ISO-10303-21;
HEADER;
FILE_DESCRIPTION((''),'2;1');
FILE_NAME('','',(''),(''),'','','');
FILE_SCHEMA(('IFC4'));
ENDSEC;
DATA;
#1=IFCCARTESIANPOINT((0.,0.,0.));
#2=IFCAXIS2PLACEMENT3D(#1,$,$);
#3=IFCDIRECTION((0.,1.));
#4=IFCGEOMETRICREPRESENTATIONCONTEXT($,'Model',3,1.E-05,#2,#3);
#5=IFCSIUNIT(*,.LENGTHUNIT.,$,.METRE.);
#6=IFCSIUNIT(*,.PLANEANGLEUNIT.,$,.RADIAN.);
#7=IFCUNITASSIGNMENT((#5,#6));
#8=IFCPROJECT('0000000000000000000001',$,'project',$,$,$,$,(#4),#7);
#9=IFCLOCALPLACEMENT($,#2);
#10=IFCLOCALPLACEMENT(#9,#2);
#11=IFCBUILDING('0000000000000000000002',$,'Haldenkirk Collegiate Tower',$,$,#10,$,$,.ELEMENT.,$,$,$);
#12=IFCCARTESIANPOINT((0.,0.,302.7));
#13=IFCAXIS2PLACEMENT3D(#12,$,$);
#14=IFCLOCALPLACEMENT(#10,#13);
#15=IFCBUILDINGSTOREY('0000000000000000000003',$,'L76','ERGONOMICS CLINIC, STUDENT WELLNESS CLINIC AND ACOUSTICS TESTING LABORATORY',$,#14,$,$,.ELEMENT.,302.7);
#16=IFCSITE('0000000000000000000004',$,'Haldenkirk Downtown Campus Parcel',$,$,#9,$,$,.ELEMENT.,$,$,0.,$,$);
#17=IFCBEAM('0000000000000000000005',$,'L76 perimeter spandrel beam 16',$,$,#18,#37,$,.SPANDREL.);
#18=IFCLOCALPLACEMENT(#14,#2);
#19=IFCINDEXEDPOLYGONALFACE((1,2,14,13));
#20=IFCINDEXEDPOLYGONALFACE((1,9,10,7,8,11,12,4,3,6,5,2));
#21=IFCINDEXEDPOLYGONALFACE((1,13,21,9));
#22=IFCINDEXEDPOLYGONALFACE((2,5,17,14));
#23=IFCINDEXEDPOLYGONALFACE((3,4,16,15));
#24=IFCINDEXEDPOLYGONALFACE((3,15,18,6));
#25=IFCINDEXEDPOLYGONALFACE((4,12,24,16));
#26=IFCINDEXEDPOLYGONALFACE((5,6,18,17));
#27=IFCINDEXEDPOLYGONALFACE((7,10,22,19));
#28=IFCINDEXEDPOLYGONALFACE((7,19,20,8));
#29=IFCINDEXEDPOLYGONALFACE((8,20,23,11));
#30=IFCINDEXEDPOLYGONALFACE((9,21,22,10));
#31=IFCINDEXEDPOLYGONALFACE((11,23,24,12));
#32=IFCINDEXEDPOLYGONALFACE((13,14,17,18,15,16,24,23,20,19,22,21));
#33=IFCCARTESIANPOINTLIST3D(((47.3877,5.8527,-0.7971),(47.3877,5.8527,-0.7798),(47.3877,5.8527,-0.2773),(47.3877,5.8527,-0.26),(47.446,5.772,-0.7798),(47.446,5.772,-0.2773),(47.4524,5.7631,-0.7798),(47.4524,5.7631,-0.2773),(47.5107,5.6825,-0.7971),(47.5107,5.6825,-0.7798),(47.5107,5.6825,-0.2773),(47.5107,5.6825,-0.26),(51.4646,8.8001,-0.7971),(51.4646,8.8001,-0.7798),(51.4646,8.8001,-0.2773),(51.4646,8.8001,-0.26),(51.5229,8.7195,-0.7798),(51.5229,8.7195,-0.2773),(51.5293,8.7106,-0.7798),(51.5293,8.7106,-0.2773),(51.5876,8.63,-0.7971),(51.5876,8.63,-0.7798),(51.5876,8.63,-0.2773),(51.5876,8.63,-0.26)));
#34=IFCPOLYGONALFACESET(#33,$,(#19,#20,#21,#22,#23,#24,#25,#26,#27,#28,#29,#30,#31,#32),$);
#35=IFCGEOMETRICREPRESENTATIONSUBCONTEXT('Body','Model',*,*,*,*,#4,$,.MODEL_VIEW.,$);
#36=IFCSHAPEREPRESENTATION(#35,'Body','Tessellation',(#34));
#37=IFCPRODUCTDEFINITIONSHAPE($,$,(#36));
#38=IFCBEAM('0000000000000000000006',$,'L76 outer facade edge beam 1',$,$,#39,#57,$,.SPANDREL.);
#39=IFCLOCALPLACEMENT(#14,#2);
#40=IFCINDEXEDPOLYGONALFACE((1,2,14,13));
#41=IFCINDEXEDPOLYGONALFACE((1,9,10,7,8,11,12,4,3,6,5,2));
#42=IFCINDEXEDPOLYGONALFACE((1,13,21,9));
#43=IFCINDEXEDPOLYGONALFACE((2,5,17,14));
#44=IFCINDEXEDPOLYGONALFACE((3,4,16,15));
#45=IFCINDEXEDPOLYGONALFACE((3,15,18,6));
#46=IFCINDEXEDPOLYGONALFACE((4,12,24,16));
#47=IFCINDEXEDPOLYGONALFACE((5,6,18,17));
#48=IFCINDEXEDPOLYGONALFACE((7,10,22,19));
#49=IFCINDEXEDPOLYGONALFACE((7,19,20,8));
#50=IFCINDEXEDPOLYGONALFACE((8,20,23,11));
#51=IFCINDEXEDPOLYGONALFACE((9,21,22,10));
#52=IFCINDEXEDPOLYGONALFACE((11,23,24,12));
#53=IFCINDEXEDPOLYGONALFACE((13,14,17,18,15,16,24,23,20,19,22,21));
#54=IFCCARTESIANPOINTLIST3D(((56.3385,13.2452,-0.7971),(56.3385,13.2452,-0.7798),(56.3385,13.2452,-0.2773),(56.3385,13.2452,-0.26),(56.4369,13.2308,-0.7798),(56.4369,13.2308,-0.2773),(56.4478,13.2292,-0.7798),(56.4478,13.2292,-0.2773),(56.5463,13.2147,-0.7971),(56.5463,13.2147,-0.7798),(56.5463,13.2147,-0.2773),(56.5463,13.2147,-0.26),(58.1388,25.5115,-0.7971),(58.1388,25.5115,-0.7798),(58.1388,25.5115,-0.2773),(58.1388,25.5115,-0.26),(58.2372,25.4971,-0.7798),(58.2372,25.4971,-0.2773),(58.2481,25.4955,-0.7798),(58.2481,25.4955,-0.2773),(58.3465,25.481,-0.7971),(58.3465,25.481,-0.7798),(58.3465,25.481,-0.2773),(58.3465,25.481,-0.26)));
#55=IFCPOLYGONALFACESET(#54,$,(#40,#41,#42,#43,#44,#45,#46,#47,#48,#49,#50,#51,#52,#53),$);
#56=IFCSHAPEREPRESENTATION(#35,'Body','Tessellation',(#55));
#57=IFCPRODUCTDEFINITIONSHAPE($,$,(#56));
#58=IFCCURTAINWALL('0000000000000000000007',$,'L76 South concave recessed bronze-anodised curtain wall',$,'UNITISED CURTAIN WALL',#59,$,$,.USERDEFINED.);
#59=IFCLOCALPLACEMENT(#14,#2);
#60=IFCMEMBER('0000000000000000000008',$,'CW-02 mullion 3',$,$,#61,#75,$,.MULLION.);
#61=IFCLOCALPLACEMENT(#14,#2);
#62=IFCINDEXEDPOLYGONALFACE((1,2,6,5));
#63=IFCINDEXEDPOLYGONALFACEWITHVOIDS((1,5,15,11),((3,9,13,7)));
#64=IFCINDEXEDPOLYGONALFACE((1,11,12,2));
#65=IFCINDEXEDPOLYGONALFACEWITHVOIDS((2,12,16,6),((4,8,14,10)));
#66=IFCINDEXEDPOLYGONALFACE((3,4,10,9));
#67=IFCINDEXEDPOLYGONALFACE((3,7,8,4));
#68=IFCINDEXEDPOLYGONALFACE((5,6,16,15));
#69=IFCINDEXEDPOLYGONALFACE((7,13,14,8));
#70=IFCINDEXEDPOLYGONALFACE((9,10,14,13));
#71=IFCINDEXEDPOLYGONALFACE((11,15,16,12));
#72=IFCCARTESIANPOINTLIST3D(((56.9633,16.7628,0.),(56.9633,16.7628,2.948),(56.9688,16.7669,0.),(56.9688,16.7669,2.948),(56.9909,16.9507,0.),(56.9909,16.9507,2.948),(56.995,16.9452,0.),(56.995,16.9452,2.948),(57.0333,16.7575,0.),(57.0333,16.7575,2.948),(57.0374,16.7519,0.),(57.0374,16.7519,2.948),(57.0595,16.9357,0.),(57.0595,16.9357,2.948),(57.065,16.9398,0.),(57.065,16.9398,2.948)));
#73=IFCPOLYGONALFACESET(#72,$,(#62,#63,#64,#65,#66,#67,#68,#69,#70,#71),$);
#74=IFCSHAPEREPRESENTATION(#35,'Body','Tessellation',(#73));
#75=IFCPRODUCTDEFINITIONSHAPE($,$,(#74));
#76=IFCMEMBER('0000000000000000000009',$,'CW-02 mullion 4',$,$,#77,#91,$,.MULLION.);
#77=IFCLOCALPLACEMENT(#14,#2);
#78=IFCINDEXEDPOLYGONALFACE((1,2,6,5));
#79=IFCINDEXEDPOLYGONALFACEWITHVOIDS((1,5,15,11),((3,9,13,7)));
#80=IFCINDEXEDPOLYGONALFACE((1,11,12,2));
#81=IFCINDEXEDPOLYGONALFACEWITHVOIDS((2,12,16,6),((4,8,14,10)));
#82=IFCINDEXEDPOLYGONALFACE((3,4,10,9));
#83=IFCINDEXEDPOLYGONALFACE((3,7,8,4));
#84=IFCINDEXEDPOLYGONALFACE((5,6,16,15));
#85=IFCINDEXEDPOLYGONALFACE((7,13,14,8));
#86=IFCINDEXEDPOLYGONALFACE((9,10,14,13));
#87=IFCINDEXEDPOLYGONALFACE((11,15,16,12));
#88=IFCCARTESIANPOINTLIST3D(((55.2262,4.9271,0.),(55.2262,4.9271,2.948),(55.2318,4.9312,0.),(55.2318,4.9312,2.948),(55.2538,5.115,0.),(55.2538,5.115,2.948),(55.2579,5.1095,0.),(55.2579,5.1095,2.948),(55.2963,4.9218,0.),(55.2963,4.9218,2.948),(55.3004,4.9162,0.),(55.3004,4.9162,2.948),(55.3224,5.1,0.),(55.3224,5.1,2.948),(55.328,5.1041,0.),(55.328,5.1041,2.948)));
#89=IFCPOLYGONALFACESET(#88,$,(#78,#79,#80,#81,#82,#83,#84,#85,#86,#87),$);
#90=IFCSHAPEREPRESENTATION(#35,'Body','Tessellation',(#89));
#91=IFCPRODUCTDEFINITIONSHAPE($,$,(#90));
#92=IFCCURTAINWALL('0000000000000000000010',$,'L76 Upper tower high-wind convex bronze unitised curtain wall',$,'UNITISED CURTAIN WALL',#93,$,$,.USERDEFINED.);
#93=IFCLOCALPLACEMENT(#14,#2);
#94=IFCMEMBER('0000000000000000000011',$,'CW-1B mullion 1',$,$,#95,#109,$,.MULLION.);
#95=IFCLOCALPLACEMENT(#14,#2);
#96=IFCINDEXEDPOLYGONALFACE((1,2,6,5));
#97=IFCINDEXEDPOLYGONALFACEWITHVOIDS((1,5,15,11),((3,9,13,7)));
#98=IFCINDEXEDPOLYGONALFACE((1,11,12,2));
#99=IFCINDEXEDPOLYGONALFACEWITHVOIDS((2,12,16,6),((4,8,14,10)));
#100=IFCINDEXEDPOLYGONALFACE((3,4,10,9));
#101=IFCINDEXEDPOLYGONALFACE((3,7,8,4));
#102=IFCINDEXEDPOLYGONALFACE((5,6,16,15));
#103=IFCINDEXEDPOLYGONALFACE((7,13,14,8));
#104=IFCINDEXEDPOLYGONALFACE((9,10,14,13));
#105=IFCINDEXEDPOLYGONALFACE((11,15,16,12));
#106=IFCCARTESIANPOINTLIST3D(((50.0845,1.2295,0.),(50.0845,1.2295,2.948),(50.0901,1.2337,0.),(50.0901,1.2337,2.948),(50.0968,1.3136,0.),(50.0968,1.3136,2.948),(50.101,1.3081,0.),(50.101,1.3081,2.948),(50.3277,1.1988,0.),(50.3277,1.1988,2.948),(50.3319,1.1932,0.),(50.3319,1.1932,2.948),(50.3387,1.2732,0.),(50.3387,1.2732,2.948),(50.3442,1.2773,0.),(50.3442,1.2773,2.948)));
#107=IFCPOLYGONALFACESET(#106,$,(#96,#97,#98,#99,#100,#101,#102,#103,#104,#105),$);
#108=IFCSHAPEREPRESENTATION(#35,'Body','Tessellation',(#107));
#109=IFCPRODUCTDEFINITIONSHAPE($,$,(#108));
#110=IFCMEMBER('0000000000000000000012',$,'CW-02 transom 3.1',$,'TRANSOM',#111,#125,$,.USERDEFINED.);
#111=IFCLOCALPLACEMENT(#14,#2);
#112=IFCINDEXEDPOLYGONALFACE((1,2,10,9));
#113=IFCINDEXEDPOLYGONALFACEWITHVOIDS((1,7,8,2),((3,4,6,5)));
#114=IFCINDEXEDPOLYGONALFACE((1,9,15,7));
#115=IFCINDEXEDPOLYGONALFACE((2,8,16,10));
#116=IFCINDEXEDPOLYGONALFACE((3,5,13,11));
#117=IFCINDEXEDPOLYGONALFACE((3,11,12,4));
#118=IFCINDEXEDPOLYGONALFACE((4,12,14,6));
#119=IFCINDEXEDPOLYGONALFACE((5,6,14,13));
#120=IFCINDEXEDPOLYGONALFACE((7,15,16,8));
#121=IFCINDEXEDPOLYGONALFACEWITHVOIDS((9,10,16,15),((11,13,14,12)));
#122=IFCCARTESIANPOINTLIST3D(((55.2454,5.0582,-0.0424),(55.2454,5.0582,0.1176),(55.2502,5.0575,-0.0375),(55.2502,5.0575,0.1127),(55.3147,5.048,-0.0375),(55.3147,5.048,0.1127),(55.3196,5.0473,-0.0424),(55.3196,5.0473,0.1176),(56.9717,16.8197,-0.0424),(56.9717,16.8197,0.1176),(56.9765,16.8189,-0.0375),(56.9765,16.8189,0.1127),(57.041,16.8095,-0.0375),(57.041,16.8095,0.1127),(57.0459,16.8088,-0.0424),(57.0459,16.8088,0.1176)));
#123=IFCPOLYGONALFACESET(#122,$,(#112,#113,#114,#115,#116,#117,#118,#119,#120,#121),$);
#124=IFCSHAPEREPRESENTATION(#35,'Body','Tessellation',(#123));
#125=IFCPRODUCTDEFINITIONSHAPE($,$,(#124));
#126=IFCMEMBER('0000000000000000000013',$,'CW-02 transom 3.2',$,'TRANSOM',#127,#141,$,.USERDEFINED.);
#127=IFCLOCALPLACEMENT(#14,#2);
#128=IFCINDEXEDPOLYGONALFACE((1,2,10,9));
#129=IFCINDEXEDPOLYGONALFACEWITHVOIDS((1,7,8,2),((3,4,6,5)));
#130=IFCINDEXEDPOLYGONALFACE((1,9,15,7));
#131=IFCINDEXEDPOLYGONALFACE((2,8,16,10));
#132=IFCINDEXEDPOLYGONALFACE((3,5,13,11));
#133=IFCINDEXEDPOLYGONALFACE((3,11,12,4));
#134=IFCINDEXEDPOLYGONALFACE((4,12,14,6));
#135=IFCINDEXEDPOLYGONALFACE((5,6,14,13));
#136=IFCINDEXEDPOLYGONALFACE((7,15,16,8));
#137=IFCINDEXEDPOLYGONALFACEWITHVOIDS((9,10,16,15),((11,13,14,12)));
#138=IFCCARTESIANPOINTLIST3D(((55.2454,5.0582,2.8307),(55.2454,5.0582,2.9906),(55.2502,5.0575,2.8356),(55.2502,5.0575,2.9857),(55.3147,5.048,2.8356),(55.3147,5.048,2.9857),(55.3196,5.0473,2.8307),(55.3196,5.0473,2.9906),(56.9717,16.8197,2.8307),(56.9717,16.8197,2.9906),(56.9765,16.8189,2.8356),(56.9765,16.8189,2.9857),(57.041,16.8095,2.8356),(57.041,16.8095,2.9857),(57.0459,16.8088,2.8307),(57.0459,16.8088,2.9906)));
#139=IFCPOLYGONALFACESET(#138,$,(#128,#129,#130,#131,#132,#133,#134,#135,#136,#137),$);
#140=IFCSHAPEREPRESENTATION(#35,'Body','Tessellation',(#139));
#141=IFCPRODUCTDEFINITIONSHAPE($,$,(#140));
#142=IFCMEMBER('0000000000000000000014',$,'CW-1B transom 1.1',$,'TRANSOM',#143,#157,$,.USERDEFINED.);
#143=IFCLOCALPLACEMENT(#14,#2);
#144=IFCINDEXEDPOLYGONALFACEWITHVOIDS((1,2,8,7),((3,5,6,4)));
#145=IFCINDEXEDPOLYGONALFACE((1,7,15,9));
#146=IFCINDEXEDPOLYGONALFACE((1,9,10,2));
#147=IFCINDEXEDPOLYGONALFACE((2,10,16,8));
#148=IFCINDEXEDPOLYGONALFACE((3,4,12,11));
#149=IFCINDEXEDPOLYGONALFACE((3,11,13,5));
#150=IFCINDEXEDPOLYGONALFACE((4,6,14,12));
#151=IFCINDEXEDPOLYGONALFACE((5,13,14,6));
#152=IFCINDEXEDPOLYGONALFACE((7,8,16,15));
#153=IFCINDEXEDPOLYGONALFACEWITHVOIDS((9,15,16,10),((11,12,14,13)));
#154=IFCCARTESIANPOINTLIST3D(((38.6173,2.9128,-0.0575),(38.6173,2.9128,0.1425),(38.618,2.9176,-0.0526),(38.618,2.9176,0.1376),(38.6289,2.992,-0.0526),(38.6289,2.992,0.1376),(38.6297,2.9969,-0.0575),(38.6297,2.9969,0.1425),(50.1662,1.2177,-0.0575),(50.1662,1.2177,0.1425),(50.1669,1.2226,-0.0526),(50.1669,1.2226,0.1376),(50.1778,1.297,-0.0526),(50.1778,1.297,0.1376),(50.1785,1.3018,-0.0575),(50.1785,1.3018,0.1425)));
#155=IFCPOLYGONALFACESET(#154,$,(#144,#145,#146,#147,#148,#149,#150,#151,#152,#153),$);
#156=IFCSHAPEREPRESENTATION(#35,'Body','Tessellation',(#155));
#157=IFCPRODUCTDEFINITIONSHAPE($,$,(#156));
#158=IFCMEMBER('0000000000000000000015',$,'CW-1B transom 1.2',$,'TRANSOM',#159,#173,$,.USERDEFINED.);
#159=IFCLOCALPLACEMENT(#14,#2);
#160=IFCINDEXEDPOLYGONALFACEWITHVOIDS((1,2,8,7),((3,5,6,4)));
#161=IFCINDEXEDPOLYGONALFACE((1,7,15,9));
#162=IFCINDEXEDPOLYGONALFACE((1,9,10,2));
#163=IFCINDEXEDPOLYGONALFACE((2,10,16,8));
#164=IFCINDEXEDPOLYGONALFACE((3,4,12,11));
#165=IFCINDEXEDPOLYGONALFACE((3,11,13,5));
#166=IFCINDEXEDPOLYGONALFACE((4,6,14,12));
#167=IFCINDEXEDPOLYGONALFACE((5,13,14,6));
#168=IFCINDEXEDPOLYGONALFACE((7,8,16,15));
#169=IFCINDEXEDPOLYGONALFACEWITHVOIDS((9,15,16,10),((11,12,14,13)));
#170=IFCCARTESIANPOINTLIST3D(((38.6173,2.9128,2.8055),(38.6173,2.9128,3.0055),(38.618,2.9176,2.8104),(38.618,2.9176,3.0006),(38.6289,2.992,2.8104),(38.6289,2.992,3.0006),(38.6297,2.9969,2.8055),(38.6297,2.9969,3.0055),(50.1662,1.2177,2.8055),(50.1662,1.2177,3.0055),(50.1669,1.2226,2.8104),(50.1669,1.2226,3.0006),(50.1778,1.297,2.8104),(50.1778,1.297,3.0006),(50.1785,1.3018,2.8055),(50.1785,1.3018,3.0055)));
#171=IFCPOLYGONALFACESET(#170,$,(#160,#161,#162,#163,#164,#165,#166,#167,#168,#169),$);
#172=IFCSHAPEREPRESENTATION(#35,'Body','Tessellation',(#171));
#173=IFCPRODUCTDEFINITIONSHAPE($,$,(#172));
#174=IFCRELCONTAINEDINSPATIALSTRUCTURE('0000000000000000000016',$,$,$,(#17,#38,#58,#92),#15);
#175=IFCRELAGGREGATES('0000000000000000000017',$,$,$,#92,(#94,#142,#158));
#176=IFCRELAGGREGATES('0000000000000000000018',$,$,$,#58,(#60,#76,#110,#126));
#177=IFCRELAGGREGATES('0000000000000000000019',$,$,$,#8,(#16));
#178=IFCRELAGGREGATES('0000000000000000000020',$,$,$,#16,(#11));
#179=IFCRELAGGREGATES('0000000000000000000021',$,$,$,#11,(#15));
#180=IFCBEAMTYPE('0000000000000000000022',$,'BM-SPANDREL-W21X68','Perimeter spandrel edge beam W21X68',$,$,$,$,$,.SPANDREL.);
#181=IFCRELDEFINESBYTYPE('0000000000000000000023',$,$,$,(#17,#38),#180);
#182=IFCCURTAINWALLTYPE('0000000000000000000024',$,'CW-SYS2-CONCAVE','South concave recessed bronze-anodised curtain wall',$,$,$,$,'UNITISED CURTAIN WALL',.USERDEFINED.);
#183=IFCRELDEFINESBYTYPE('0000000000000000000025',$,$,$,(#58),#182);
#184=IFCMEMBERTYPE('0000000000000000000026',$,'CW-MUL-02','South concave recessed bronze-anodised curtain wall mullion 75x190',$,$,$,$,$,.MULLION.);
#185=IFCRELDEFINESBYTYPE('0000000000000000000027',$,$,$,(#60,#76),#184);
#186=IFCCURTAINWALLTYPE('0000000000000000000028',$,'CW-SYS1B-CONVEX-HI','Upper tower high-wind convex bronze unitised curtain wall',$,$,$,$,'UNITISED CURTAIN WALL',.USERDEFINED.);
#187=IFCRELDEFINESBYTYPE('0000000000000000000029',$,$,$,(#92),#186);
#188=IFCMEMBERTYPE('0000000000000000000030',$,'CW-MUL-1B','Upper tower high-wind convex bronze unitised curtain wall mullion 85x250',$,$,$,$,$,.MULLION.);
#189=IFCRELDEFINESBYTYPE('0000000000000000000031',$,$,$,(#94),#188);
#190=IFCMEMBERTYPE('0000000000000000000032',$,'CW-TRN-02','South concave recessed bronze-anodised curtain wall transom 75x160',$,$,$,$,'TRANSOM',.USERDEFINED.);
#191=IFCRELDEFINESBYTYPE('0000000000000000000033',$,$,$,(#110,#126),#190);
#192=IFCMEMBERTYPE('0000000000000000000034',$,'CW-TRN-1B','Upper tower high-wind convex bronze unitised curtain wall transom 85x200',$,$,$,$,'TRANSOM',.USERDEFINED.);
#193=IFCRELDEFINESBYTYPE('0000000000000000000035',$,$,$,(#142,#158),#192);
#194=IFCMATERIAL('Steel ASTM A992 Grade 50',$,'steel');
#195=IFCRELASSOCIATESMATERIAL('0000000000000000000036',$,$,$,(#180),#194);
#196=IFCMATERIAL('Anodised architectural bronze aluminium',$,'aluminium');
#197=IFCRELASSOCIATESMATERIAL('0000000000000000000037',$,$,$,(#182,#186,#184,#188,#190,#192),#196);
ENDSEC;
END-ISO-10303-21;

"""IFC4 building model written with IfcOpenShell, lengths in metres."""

from ifc_helpers import new_model, si_unit, direction, frame, origin, origin_2d, place, context, subcontext, project, spatial, hollow_rectangle, i_section, extrude, material, material_profile, profile_set, type_object, element, aggregate, save


model = new_model("IFC4")

# Units and contexts
model_context = context("Model", 3, precision=1e-05, world=origin(), true_north=direction((0.0, 1.0)))
body_context = subcontext(model_context, "Body", "Model", "MODEL_VIEW")
ifc_project = project(units=[si_unit("LENGTHUNIT", "METRE"), si_unit("PLANEANGLEUNIT", "RADIAN")], contexts=[model_context])

# Site, building, storey
site_placement = place(None, origin())
site = spatial("IfcSite", under=ifc_project, at=site_placement, Name="Haldenkirk Downtown Campus Parcel", CompositionType="ELEMENT", RefElevation=0.0)
building_placement = place(site_placement, origin())
building = spatial("IfcBuilding", under=site, at=building_placement, Name="Haldenkirk Collegiate Tower", CompositionType="ELEMENT")
storey_placement = place(building_placement, frame((0.0, 0.0, 302.7)))
storey = spatial("IfcBuildingStorey", under=building, at=storey_placement, Name="L76", Description="ERGONOMICS CLINIC, STUDENT WELLNESS CLINIC AND ACOUSTICS TESTING LABORATORY", CompositionType="ELEMENT", Elevation=302.7)

# Beams
ifc_material_1 = material(Name="Steel ASTM A992 Grade 50", Category="steel")
ifc_material_profile_1 = material_profile(ifc_material_1, i_section(OverallWidth=0.21, OverallDepth=0.5371, WebThickness=0.011, FlangeThickness=0.0173, at=origin_2d()), Name="W21X68")
ifc_profile_set_1 = profile_set([ifc_material_profile_1], Name="Steel ASTM A992 Grade 50")
beam_type_1 = type_object("IfcBeamType", Name="BM-SPANDREL-W21X68", Description="Perimeter spandrel edge beam W21X68", PredefinedType="SPANDREL", material=ifc_profile_set_1)
beam_1_placement = place(storey_placement, frame((47.4492, 5.7676, -0.5286), z_axis=(0.810389, 0.585893, 0.0), x_axis=(-0.585893, 0.810389, 0.0)))
element("IfcBeam", 1, at=beam_1_placement, inside=storey, type_object=beam_type_1, Name="L76 perimeter spandrel beam 16", PredefinedType="SPANDREL", context=body_context, shape_type="SweptSolid", body=[
    extrude(i_section(OverallWidth=0.21, OverallDepth=0.5371, WebThickness=0.011, FlangeThickness=0.0173, at=origin_2d()), origin(), (0.0, 0.0, 1.0), 5.0308),
])
beam_2_placement = place(storey_placement, frame((56.4424, 13.23, -0.5286), z_axis=(0.145211, 0.989401, 0.0), x_axis=(-0.989401, 0.145211, 0.0)))
element("IfcBeam", 2, at=beam_2_placement, inside=storey, type_object=beam_type_1, Name="L76 outer facade edge beam 1", PredefinedType="SPANDREL", context=body_context, shape_type="SweptSolid", body=[
    extrude(i_section(OverallWidth=0.21, OverallDepth=0.5371, WebThickness=0.011, FlangeThickness=0.0173, at=origin_2d()), origin(), (0.0, 0.0, 1.0), 12.3977),
])

# Curtain wall, members
ifc_material_2 = material(Name="Anodised architectural bronze aluminium", Category="aluminium")
curtain_wall_type_1 = type_object("IfcCurtainWallType", Name="CW-SYS2-CONCAVE", Description="South concave recessed bronze-anodised curtain wall", ElementType="UNITISED CURTAIN WALL", PredefinedType="USERDEFINED", material=ifc_material_2)
curtain_wall_1_placement = place(storey_placement, origin())
curtain_wall_1 = element("IfcCurtainWall", 3, at=curtain_wall_1_placement, inside=storey, type_object=curtain_wall_type_1, Name="L76 South concave recessed bronze-anodised curtain wall", ObjectType="UNITISED CURTAIN WALL", PredefinedType="USERDEFINED")
ifc_material_profile_2 = material_profile(ifc_material_2, hollow_rectangle(XDim=0.075, YDim=0.1899, WallThickness=0.0049, at=origin_2d()), Name="CW-MUL-02")
ifc_profile_set_2 = profile_set([ifc_material_profile_2], Name="Anodised architectural bronze aluminium")
member_type_1 = type_object("IfcMemberType", Name="CW-MUL-02", Description="South concave recessed bronze-anodised curtain wall mullion 75x190", PredefinedType="MULLION", material=ifc_profile_set_2)
member_1_placement = place(storey_placement, frame((57.0142, 16.8513, 0.0), z_axis=(0.0, 0.0, 1.0), x_axis=(0.989399, -0.14522, 0.0)))
member_1 = element("IfcMember", 4, at=member_1_placement, type_object=member_type_1, Name="CW-02 mullion 3", PredefinedType="MULLION", context=body_context, shape_type="SweptSolid", body=[
    extrude(hollow_rectangle(XDim=0.075, YDim=0.1899, WallThickness=0.0049, at=origin_2d()), origin(), (0.0, 0.0, 1.0), 2.948),
])
member_2_placement = place(storey_placement, frame((55.2771, 5.0156, 0.0), z_axis=(0.0, 0.0, 1.0), x_axis=(0.989399, -0.14522, 0.0)))
member_2 = element("IfcMember", 5, at=member_2_placement, type_object=member_type_1, Name="CW-02 mullion 4", PredefinedType="MULLION", context=body_context, shape_type="SweptSolid", body=[
    extrude(hollow_rectangle(XDim=0.075, YDim=0.1899, WallThickness=0.0049, at=origin_2d()), origin(), (0.0, 0.0, 1.0), 2.948),
])

# Curtain wall, member
curtain_wall_type_2 = type_object("IfcCurtainWallType", Name="CW-SYS1B-CONVEX-HI", Description="Upper tower high-wind convex bronze unitised curtain wall", ElementType="UNITISED CURTAIN WALL", PredefinedType="USERDEFINED", material=ifc_material_2)
curtain_wall_2_placement = place(storey_placement, origin())
curtain_wall_2 = element("IfcCurtainWall", 6, at=curtain_wall_2_placement, inside=storey, type_object=curtain_wall_type_2, Name="L76 Upper tower high-wind convex bronze unitised curtain wall", ObjectType="UNITISED CURTAIN WALL", PredefinedType="USERDEFINED")
ifc_material_profile_3 = material_profile(ifc_material_2, hollow_rectangle(XDim=0.085, YDim=0.25, WallThickness=0.0049, at=origin_2d()), Name="CW-MUL-1B")
ifc_profile_set_3 = profile_set([ifc_material_profile_3], Name="Anodised architectural bronze aluminium")
member_type_2 = type_object("IfcMemberType", Name="CW-MUL-1B", Description="Upper tower high-wind convex bronze unitised curtain wall mullion 85x250", PredefinedType="MULLION", material=ifc_profile_set_3)
member_3_placement = place(storey_placement, frame((50.2144, 1.2534, 0.0), z_axis=(0.0, 0.0, 1.0), x_axis=(-0.14522, -0.989399, 0.0)))
member_3 = element("IfcMember", 7, at=member_3_placement, type_object=member_type_2, Name="CW-1B mullion 1", PredefinedType="MULLION", context=body_context, shape_type="SweptSolid", body=[
    extrude(hollow_rectangle(XDim=0.085, YDim=0.25, WallThickness=0.0049, at=origin_2d()), origin(), (0.0, 0.0, 1.0), 2.948),
])

# Members
ifc_material_profile_4 = material_profile(ifc_material_2, hollow_rectangle(XDim=0.075, YDim=0.1599, WallThickness=0.0049, at=origin_2d()), Name="CW-TRN-02")
ifc_profile_set_4 = profile_set([ifc_material_profile_4], Name="Anodised architectural bronze aluminium")
member_type_3 = type_object("IfcMemberType", Name="CW-TRN-02", Description="South concave recessed bronze-anodised curtain wall transom 75x160", ElementType="TRANSOM", PredefinedType="USERDEFINED", material=ifc_profile_set_4)
member_4_placement = place(storey_placement, frame((57.0088, 16.8142, 0.0376), z_axis=(-0.145221, -0.989399, 0.0), x_axis=(0.989399, -0.145221, 0.0)))
member_4 = element("IfcMember", 8, at=member_4_placement, type_object=member_type_3, Name="CW-02 transom 3.1", ObjectType="TRANSOM", PredefinedType="USERDEFINED", context=body_context, shape_type="SweptSolid", body=[
    extrude(hollow_rectangle(XDim=0.075, YDim=0.1599, WallThickness=0.0049, at=origin_2d()), origin(), (0.0, 0.0, 1.0), 11.8875),
])
member_5_placement = place(storey_placement, frame((57.0088, 16.8142, 2.9106), z_axis=(-0.145221, -0.989399, 0.0), x_axis=(0.989399, -0.145221, 0.0)))
member_5 = element("IfcMember", 9, at=member_5_placement, type_object=member_type_3, Name="CW-02 transom 3.2", ObjectType="TRANSOM", PredefinedType="USERDEFINED", context=body_context, shape_type="SweptSolid", body=[
    extrude(hollow_rectangle(XDim=0.075, YDim=0.1599, WallThickness=0.0049, at=origin_2d()), origin(), (0.0, 0.0, 1.0), 11.8875),
])
ifc_material_profile_5 = material_profile(ifc_material_2, hollow_rectangle(XDim=0.085, YDim=0.2, WallThickness=0.0049, at=origin_2d()), Name="CW-TRN-1B")
ifc_profile_set_5 = profile_set([ifc_material_profile_5], Name="Anodised architectural bronze aluminium")
member_type_4 = type_object("IfcMemberType", Name="CW-TRN-1B", Description="Upper tower high-wind convex bronze unitised curtain wall transom 85x200", ElementType="TRANSOM", PredefinedType="USERDEFINED", material=ifc_profile_set_5)
member_6_placement = place(storey_placement, frame((50.1724, 1.2598, 0.0425), z_axis=(-0.9894, 0.145218, 0.0), x_axis=(-0.145218, -0.9894, 0.0)))
member_6 = element("IfcMember", 10, at=member_6_placement, type_object=member_type_4, Name="CW-1B transom 1.1", ObjectType="TRANSOM", PredefinedType="USERDEFINED", context=body_context, shape_type="SweptSolid", body=[
    extrude(hollow_rectangle(XDim=0.085, YDim=0.2, WallThickness=0.0049, at=origin_2d()), origin(), (0.0, 0.0, 1.0), 11.6726),
])
member_7_placement = place(storey_placement, frame((50.1724, 1.2598, 2.9055), z_axis=(-0.9894, 0.145218, 0.0), x_axis=(-0.145218, -0.9894, 0.0)))
member_7 = element("IfcMember", 11, at=member_7_placement, type_object=member_type_4, Name="CW-1B transom 1.2", ObjectType="TRANSOM", PredefinedType="USERDEFINED", context=body_context, shape_type="SweptSolid", body=[
    extrude(hollow_rectangle(XDim=0.085, YDim=0.2, WallThickness=0.0049, at=origin_2d()), origin(), (0.0, 0.0, 1.0), 11.6726),
])
aggregate(curtain_wall_2, [member_3, member_6, member_7])

aggregate(curtain_wall_1, [member_1, member_2, member_4, member_5])

save(model, "model.ifc")
